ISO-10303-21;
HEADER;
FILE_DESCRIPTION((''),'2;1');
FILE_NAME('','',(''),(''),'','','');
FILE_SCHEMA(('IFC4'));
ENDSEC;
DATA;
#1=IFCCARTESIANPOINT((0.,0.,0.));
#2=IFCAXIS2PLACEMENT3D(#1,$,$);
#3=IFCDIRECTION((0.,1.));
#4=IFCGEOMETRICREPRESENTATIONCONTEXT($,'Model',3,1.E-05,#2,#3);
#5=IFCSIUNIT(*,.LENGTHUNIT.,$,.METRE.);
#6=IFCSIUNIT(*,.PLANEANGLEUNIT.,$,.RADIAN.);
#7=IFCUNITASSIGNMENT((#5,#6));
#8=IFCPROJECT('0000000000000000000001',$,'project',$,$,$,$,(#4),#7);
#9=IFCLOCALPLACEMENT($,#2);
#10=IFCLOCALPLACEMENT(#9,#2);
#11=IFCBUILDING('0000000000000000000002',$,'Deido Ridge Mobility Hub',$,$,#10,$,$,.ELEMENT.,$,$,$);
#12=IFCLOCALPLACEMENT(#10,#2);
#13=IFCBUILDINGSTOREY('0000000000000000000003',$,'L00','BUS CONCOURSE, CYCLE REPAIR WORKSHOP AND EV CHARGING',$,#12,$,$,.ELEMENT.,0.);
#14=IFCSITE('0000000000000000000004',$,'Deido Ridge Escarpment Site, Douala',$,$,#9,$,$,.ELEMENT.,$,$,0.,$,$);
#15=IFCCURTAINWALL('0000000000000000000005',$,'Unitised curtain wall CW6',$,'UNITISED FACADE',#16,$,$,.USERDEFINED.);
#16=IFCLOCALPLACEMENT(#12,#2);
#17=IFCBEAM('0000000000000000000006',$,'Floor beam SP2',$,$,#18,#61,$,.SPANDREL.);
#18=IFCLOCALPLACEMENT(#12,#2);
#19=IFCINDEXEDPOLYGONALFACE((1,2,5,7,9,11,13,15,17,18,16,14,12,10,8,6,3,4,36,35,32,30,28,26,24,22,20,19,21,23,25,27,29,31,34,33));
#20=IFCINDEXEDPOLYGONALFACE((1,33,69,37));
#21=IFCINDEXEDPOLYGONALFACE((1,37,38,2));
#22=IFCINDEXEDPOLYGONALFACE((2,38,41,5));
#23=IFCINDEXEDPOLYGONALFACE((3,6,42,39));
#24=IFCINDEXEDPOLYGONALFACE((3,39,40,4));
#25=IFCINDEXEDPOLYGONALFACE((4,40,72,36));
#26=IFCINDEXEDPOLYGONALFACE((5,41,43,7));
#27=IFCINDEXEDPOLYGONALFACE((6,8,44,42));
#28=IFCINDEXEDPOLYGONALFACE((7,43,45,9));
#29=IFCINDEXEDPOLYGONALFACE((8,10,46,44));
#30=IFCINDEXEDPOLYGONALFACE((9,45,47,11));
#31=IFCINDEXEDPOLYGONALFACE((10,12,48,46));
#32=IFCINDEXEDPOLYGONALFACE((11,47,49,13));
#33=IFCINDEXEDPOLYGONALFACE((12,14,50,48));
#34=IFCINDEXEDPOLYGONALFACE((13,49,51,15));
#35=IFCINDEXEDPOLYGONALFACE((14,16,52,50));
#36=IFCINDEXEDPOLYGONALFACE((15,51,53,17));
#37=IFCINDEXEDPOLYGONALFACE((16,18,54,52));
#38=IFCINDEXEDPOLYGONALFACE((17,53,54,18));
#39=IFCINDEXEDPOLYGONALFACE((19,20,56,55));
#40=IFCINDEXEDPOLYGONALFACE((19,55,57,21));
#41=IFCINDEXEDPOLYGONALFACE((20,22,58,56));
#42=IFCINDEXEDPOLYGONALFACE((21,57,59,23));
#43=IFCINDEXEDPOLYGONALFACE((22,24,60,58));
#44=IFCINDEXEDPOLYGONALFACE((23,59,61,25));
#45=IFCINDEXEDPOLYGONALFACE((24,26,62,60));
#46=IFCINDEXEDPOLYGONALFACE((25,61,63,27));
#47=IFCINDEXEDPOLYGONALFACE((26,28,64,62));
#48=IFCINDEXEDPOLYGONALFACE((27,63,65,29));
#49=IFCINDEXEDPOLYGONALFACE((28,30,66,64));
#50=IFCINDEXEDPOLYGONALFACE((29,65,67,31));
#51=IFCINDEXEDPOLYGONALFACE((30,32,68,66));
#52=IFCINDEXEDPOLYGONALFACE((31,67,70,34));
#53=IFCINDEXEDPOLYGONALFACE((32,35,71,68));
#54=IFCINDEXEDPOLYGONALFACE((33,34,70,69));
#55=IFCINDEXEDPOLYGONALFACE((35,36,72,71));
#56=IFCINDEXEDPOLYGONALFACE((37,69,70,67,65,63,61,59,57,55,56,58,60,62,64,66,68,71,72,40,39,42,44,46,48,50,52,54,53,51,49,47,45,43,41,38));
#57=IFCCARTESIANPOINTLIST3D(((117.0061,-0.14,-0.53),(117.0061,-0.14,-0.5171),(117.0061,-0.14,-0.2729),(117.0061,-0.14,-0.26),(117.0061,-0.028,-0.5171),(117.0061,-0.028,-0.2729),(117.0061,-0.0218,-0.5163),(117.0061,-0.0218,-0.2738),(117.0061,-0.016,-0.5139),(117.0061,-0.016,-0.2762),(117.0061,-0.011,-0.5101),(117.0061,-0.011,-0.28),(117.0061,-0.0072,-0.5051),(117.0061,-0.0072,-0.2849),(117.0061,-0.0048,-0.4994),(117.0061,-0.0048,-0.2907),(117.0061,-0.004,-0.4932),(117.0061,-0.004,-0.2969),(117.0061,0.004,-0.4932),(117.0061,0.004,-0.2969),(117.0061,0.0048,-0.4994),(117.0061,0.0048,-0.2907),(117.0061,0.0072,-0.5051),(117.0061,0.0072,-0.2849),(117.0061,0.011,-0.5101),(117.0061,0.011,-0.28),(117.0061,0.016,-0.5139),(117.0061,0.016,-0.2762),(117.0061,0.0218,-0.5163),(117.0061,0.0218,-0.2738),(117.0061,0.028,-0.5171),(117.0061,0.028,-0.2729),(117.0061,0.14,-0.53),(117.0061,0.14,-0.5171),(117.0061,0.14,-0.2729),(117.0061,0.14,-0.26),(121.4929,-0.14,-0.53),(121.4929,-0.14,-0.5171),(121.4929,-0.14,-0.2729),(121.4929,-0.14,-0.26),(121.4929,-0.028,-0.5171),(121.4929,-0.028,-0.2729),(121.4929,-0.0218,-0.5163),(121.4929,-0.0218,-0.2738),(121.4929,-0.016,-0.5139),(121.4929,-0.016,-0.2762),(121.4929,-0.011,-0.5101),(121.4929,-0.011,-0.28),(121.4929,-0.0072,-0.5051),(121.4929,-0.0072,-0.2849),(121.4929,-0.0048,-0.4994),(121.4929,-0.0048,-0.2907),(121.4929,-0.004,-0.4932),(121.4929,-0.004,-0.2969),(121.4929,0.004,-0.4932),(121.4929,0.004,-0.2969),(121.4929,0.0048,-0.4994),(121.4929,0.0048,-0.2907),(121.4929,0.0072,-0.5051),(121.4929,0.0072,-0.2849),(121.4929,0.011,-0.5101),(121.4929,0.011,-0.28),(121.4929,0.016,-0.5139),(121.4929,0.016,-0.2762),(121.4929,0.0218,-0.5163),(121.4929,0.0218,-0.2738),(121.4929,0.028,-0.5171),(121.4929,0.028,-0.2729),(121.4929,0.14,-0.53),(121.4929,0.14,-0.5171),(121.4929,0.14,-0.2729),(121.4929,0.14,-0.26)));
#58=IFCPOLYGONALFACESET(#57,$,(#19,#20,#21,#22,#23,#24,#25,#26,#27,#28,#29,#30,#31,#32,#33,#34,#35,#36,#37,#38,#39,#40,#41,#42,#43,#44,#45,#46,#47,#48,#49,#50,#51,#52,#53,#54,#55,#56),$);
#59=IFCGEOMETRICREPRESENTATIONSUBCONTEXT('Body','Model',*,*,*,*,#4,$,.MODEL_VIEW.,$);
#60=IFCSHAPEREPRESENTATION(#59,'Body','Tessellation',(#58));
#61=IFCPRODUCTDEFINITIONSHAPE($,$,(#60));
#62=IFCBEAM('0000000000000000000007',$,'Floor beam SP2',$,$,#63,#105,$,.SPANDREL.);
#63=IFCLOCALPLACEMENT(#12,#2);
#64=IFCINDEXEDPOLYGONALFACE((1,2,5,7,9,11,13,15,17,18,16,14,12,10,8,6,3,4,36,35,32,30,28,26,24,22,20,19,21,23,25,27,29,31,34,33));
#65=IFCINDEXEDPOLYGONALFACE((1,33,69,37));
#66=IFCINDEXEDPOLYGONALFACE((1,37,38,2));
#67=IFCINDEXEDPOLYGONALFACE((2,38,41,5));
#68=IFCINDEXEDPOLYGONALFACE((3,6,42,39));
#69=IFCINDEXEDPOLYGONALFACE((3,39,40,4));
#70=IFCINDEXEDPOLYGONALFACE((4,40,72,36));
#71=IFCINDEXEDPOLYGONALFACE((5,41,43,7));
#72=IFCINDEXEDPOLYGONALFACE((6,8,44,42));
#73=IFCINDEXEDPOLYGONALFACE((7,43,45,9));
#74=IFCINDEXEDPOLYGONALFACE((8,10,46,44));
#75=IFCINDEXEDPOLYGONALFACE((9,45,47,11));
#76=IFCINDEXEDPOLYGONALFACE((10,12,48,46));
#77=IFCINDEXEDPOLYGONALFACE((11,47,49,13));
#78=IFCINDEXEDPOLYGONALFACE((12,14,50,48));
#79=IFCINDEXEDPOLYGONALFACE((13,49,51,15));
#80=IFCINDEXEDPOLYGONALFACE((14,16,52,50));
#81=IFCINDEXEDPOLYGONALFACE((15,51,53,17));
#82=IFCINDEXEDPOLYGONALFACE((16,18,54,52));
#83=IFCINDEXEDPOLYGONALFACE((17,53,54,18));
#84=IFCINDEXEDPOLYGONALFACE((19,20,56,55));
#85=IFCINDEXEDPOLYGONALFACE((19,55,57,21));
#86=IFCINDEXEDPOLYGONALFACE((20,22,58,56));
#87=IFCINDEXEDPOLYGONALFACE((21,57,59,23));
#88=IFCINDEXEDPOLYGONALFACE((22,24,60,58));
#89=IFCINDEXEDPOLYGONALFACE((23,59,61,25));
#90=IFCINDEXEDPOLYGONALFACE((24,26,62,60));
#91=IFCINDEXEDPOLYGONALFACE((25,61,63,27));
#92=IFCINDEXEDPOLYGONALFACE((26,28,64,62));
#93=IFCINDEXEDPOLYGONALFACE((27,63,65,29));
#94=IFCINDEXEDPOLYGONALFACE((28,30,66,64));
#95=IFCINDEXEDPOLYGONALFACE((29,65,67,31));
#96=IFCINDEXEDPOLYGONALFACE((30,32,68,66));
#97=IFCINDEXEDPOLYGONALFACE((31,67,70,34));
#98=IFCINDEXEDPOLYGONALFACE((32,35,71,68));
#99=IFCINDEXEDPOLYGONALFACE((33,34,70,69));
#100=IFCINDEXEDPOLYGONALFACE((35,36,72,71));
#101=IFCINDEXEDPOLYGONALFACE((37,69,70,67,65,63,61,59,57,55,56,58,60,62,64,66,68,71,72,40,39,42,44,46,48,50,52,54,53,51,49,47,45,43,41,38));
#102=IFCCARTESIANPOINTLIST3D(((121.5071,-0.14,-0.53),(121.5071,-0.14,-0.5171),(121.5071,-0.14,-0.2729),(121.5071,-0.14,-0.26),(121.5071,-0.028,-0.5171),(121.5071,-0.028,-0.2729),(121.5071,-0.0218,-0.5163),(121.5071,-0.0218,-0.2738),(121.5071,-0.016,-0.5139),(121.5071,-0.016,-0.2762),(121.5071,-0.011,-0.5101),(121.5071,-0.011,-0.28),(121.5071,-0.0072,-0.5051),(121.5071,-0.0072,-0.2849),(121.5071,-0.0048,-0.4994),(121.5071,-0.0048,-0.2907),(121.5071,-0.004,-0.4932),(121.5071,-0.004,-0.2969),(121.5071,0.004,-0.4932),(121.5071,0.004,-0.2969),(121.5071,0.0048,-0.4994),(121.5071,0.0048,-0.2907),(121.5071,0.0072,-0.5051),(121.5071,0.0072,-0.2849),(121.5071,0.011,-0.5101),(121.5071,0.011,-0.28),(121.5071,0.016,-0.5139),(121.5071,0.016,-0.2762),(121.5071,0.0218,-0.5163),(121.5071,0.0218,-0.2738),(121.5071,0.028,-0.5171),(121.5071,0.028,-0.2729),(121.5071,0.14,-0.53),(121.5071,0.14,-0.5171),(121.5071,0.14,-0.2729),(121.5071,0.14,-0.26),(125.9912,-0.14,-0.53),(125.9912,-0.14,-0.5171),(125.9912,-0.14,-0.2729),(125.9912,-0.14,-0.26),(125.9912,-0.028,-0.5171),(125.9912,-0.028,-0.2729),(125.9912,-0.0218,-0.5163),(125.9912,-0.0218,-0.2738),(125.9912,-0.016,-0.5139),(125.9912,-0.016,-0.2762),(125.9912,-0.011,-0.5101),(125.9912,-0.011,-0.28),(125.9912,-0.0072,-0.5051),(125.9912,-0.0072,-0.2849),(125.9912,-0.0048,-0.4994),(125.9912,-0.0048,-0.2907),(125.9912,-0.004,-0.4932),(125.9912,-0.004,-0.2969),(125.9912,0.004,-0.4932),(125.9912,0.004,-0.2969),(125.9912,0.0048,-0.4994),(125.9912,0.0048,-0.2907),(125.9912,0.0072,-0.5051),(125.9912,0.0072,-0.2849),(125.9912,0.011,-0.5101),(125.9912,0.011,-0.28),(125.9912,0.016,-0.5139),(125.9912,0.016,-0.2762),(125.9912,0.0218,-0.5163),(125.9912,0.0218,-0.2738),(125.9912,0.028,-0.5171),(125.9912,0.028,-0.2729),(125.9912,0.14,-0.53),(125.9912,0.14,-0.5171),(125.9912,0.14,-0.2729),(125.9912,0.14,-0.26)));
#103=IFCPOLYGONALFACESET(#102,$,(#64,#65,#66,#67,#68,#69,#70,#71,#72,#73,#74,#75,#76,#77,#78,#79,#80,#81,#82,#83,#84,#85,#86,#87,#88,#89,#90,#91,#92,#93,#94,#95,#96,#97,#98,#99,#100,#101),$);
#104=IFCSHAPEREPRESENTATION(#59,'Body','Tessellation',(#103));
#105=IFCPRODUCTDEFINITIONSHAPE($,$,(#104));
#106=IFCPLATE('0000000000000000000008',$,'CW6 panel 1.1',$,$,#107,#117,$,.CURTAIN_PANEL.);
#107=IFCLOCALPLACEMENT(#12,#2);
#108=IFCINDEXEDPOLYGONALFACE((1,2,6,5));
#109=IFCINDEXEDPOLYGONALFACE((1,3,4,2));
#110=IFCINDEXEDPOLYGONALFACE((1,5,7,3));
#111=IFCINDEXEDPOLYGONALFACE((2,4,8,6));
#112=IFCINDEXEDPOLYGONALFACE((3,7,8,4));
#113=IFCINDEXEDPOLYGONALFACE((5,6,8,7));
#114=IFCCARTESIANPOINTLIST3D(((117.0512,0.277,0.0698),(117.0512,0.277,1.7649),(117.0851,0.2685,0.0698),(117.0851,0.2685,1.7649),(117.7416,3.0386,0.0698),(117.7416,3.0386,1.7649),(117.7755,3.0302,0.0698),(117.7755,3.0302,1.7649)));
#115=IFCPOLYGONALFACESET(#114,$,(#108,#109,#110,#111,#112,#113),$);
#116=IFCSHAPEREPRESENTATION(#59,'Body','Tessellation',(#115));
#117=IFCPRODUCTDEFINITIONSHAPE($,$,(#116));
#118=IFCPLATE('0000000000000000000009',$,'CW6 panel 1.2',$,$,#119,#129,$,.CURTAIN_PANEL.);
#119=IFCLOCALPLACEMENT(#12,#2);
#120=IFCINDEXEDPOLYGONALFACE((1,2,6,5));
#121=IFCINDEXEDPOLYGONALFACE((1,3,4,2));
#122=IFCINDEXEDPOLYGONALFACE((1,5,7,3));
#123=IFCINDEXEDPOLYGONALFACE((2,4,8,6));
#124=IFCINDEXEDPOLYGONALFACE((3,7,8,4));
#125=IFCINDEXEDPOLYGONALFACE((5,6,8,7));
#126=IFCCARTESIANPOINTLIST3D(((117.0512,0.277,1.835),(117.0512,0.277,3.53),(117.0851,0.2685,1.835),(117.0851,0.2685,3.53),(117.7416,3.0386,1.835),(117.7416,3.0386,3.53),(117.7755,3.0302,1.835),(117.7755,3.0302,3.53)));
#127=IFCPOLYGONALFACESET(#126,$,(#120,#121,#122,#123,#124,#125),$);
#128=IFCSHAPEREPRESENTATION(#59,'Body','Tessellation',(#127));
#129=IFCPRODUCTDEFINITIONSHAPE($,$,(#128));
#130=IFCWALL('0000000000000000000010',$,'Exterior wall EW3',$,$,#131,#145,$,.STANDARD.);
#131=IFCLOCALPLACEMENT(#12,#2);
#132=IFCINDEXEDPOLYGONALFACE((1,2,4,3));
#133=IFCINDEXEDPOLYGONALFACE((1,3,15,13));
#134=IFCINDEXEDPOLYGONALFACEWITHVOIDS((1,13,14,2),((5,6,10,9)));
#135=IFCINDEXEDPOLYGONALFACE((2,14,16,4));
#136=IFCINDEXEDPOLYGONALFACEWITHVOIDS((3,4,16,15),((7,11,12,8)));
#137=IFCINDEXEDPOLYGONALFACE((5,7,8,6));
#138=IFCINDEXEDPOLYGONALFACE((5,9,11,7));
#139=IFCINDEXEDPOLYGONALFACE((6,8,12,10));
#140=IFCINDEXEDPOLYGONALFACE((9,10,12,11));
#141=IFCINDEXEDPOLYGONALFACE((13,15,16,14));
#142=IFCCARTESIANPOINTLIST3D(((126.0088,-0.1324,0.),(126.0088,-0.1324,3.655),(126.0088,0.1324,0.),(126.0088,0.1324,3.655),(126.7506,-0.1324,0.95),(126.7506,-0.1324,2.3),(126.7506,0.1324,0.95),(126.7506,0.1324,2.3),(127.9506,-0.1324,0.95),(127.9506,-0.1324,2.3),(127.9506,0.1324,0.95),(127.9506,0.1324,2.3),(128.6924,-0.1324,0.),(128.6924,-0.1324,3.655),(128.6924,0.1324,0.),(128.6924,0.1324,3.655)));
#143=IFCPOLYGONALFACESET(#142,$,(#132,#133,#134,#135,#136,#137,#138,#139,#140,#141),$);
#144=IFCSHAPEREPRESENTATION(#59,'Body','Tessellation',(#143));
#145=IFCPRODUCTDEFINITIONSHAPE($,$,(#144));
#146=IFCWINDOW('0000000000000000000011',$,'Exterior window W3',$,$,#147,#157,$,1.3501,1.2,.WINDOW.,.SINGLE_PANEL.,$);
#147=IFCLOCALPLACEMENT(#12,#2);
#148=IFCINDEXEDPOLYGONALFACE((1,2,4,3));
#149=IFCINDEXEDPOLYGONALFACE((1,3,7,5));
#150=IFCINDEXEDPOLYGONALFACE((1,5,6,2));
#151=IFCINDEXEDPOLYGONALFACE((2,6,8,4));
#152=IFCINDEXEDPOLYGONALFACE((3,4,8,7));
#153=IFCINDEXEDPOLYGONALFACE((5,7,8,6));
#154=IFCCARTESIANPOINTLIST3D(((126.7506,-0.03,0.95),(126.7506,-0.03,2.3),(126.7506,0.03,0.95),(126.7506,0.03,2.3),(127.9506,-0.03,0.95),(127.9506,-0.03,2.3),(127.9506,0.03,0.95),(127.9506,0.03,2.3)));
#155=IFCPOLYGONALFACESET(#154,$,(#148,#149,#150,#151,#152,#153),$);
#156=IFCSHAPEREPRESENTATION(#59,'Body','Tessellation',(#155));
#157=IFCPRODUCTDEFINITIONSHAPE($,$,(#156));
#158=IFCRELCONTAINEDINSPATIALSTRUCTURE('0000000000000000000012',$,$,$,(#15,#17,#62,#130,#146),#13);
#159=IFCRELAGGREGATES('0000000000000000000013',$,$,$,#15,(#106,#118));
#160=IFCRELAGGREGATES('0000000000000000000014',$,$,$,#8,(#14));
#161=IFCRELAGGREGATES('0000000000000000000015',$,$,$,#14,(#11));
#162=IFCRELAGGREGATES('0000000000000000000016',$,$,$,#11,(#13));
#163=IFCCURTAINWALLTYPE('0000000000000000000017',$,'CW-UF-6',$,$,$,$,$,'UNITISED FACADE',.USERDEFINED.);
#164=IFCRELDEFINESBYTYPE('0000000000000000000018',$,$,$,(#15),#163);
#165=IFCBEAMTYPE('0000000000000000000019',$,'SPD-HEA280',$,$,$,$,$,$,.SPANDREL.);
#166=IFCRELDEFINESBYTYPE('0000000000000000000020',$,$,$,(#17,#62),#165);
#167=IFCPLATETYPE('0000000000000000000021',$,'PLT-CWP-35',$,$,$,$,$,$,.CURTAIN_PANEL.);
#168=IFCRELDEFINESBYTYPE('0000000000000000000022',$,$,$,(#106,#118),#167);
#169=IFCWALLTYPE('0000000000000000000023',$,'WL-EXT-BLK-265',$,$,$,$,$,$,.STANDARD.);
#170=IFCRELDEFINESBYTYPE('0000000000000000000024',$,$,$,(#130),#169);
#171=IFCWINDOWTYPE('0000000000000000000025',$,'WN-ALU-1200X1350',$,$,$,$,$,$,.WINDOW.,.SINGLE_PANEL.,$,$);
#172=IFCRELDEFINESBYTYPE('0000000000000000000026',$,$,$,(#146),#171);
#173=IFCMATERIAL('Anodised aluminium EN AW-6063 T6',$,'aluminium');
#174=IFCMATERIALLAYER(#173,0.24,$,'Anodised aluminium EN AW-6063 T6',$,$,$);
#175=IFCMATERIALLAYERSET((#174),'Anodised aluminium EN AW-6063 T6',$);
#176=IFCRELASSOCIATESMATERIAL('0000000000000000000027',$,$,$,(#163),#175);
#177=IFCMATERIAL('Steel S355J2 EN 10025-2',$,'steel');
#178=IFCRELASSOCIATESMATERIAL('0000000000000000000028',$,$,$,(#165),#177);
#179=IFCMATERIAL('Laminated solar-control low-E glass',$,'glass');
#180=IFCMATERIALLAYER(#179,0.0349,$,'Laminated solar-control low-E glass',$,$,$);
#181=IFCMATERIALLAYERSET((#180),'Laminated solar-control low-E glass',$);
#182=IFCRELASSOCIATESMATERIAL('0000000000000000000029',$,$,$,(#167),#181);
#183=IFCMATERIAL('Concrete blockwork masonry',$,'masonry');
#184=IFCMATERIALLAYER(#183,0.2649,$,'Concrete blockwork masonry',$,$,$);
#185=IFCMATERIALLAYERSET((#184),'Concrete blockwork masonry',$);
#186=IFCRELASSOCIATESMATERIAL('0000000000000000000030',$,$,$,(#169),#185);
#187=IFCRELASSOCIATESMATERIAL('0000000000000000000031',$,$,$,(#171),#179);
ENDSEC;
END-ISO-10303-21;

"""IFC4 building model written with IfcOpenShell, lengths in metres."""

from ifc_helpers import new_model, si_unit, direction, frame, frame_2d, origin, origin_2d, place, context, subcontext, project, spatial, rectangle, i_section, extrude, material, layer, layer_set, material_profile, profile_set, type_object, element, fill, aggregate, save


model = new_model("IFC4")

# Units and contexts
model_context = context("Model", 3, precision=1e-05, world=origin(), true_north=direction((0.0, 1.0)))
body_context = subcontext(model_context, "Body", "Model", "MODEL_VIEW")
ifc_project = project(units=[si_unit("LENGTHUNIT", "METRE"), si_unit("PLANEANGLEUNIT", "RADIAN")], contexts=[model_context])

# Site, building, storey
site_placement = place(None, origin())
site = spatial("IfcSite", under=ifc_project, at=site_placement, Name="Deido Ridge Escarpment Site, Douala", CompositionType="ELEMENT", RefElevation=0.0)
building_placement = place(site_placement, origin())
building = spatial("IfcBuilding", under=site, at=building_placement, Name="Deido Ridge Mobility Hub", CompositionType="ELEMENT")
storey_placement = place(building_placement, origin())
storey = spatial("IfcBuildingStorey", under=building, at=storey_placement, Name="L00", Description="BUS CONCOURSE, CYCLE REPAIR WORKSHOP AND EV CHARGING", CompositionType="ELEMENT", Elevation=0.0)

# Shared definitions
ifc_material_1 = material(Name="Steel S355J2 EN 10025-2", Category="steel")

# Curtain wall
ifc_material_2 = material(Name="Anodised aluminium EN AW-6063 T6", Category="aluminium")
ifc_layer_1 = layer(ifc_material_2, 0.24, Name="Anodised aluminium EN AW-6063 T6")
ifc_layer_set_1 = layer_set([ifc_layer_1], Name="Anodised aluminium EN AW-6063 T6")
curtain_wall_type = type_object("IfcCurtainWallType", Name="CW-UF-6", ElementType="UNITISED FACADE", PredefinedType="USERDEFINED", material=ifc_layer_set_1)
curtain_wall_placement = place(storey_placement, origin())
curtain_wall = element("IfcCurtainWall", 1, at=curtain_wall_placement, inside=storey, type_object=curtain_wall_type, Name="Unitised curtain wall CW6", ObjectType="UNITISED FACADE", PredefinedType="USERDEFINED")

# Beams
ifc_material_profile_1 = material_profile(ifc_material_1, i_section(OverallWidth=0.28, OverallDepth=0.27, WebThickness=0.0081, FlangeThickness=0.0129, FilletRadius=0.0239, at=origin_2d()), Name="HEA 280")
ifc_profile_set_1 = profile_set([ifc_material_profile_1], Name="Steel S355J2 EN 10025-2")
beam_type_1 = type_object("IfcBeamType", Name="SPD-HEA280", PredefinedType="SPANDREL", material=ifc_profile_set_1)
beam_1_placement = place(storey_placement, frame((117.0061, 0.0, -0.395), z_axis=(1.0, 0.0, 0.0), x_axis=(0.0, 1.0, 0.0)))
element("IfcBeam", 2, at=beam_1_placement, inside=storey, type_object=beam_type_1, Name="Floor beam SP2", PredefinedType="SPANDREL", context=body_context, shape_type="SweptSolid", body=[
    extrude(i_section(OverallWidth=0.28, OverallDepth=0.27, WebThickness=0.0081, FlangeThickness=0.0129, FilletRadius=0.0239, at=origin_2d()), origin(), (0.0, 0.0, 1.0), 4.4868),
])
beam_2_placement = place(storey_placement, frame((121.5071, 0.0, -0.395), z_axis=(1.0, 0.0, 0.0), x_axis=(0.0, 1.0, 0.0)))
element("IfcBeam", 3, at=beam_2_placement, inside=storey, type_object=beam_type_1, Name="Floor beam SP2", PredefinedType="SPANDREL", context=body_context, shape_type="SweptSolid", body=[
    extrude(i_section(OverallWidth=0.28, OverallDepth=0.27, WebThickness=0.0081, FlangeThickness=0.0129, FilletRadius=0.0239, at=origin_2d()), origin(), (0.0, 0.0, 1.0), 4.4841),
])

# Plates
ifc_material_3 = material(Name="Laminated solar-control low-E glass", Category="glass")
ifc_layer_2 = layer(ifc_material_3, 0.0349, Name="Laminated solar-control low-E glass")
ifc_layer_set_2 = layer_set([ifc_layer_2], Name="Laminated solar-control low-E glass")
plate_type = type_object("IfcPlateType", Name="PLT-CWP-35", PredefinedType="CURTAIN_PANEL", material=ifc_layer_set_2)
plate_1_placement = place(storey_placement, frame((117.4133, 1.6536, 0.0698), z_axis=(0.0, 0.0, 1.0), x_axis=(0.24253, 0.970144, 0.0)))
plate_1 = element("IfcPlate", 4, at=plate_1_placement, type_object=plate_type, Name="CW6 panel 1.1", PredefinedType="CURTAIN_PANEL", context=body_context, shape_type="SweptSolid", body=[
    extrude(rectangle(XDim=2.8467, YDim=0.0349, at=origin_2d()), origin(), (0.0, 0.0, 1.0), 1.6951),
])
plate_2_placement = place(storey_placement, frame((117.4133, 1.6536, 1.835), z_axis=(0.0, 0.0, 1.0), x_axis=(0.24253, 0.970144, 0.0)))
plate_2 = element("IfcPlate", 5, at=plate_2_placement, type_object=plate_type, Name="CW6 panel 1.2", PredefinedType="CURTAIN_PANEL", context=body_context, shape_type="SweptSolid", body=[
    extrude(rectangle(XDim=2.8467, YDim=0.0349, at=origin_2d()), origin(), (0.0, 0.0, 1.0), 1.6951),
])
aggregate(curtain_wall, [plate_1, plate_2])

# Wall, opening, window
ifc_material_4 = material(Name="Concrete blockwork masonry", Category="masonry")
ifc_layer_3 = layer(ifc_material_4, 0.2649, Name="Concrete blockwork masonry")
ifc_layer_set_3 = layer_set([ifc_layer_3], Name="Concrete blockwork masonry")
wall_type_1 = type_object("IfcWallType", Name="WL-EXT-BLK-265", PredefinedType="STANDARD", material=ifc_layer_set_3)
wall_1_placement = place(storey_placement, frame((126.0088, 0.0, 0.0), z_axis=(0.0, 0.0, 1.0), x_axis=(1.0, 0.0, 0.0)))
wall_1 = element("IfcWall", 6, at=wall_1_placement, inside=storey, type_object=wall_type_1, Name="Exterior wall EW3", PredefinedType="STANDARD", context=body_context, shape_type="SweptSolid", body=[
    extrude(rectangle(XDim=2.6836, YDim=0.2649, at=frame_2d((1.3418, 0.0))), origin(), (0.0, 0.0, 1.0), 3.655),
])
opening_1_placement = place(wall_1_placement, frame((0.7417, 0.0, 0.95)))
opening_1 = element("IfcOpeningElement", 7, at=opening_1_placement, cuts=wall_1, PredefinedType="OPENING", context=body_context, shape_type="SweptSolid", body=[
    extrude(rectangle(XDim=1.2, YDim=1.3501, at=frame_2d((0.6001, 0.675))), frame((0.0, 0.1426, 0.0), z_axis=(0.0, -1.0, 0.0), x_axis=(1.0, 0.0, 0.0)), (0.0, 0.0, 1.0), 0.2849),
])
window_type_1 = type_object("IfcWindowType", Name="WN-ALU-1200X1350", PartitioningType="SINGLE_PANEL", PredefinedType="WINDOW", material=ifc_material_3)
window_1_placement = place(opening_1_placement, origin())
window_1 = element("IfcWindow", 8, at=window_1_placement, inside=storey, type_object=window_type_1, Name="Exterior window W3", OverallHeight=1.3501, OverallWidth=1.2, PartitioningType="SINGLE_PANEL", PredefinedType="WINDOW", context=body_context, shape_type="SweptSolid", body=[
    extrude(rectangle(XDim=1.2, YDim=1.3501, at=frame_2d((0.6001, 0.675))), frame((0.0, 0.03, 0.0), z_axis=(0.0, -1.0, 0.0), x_axis=(1.0, 0.0, 0.0)), (0.0, 0.0, 1.0), 0.0601),
])
fill(opening_1, window_1)

save(model, "model.ifc")
